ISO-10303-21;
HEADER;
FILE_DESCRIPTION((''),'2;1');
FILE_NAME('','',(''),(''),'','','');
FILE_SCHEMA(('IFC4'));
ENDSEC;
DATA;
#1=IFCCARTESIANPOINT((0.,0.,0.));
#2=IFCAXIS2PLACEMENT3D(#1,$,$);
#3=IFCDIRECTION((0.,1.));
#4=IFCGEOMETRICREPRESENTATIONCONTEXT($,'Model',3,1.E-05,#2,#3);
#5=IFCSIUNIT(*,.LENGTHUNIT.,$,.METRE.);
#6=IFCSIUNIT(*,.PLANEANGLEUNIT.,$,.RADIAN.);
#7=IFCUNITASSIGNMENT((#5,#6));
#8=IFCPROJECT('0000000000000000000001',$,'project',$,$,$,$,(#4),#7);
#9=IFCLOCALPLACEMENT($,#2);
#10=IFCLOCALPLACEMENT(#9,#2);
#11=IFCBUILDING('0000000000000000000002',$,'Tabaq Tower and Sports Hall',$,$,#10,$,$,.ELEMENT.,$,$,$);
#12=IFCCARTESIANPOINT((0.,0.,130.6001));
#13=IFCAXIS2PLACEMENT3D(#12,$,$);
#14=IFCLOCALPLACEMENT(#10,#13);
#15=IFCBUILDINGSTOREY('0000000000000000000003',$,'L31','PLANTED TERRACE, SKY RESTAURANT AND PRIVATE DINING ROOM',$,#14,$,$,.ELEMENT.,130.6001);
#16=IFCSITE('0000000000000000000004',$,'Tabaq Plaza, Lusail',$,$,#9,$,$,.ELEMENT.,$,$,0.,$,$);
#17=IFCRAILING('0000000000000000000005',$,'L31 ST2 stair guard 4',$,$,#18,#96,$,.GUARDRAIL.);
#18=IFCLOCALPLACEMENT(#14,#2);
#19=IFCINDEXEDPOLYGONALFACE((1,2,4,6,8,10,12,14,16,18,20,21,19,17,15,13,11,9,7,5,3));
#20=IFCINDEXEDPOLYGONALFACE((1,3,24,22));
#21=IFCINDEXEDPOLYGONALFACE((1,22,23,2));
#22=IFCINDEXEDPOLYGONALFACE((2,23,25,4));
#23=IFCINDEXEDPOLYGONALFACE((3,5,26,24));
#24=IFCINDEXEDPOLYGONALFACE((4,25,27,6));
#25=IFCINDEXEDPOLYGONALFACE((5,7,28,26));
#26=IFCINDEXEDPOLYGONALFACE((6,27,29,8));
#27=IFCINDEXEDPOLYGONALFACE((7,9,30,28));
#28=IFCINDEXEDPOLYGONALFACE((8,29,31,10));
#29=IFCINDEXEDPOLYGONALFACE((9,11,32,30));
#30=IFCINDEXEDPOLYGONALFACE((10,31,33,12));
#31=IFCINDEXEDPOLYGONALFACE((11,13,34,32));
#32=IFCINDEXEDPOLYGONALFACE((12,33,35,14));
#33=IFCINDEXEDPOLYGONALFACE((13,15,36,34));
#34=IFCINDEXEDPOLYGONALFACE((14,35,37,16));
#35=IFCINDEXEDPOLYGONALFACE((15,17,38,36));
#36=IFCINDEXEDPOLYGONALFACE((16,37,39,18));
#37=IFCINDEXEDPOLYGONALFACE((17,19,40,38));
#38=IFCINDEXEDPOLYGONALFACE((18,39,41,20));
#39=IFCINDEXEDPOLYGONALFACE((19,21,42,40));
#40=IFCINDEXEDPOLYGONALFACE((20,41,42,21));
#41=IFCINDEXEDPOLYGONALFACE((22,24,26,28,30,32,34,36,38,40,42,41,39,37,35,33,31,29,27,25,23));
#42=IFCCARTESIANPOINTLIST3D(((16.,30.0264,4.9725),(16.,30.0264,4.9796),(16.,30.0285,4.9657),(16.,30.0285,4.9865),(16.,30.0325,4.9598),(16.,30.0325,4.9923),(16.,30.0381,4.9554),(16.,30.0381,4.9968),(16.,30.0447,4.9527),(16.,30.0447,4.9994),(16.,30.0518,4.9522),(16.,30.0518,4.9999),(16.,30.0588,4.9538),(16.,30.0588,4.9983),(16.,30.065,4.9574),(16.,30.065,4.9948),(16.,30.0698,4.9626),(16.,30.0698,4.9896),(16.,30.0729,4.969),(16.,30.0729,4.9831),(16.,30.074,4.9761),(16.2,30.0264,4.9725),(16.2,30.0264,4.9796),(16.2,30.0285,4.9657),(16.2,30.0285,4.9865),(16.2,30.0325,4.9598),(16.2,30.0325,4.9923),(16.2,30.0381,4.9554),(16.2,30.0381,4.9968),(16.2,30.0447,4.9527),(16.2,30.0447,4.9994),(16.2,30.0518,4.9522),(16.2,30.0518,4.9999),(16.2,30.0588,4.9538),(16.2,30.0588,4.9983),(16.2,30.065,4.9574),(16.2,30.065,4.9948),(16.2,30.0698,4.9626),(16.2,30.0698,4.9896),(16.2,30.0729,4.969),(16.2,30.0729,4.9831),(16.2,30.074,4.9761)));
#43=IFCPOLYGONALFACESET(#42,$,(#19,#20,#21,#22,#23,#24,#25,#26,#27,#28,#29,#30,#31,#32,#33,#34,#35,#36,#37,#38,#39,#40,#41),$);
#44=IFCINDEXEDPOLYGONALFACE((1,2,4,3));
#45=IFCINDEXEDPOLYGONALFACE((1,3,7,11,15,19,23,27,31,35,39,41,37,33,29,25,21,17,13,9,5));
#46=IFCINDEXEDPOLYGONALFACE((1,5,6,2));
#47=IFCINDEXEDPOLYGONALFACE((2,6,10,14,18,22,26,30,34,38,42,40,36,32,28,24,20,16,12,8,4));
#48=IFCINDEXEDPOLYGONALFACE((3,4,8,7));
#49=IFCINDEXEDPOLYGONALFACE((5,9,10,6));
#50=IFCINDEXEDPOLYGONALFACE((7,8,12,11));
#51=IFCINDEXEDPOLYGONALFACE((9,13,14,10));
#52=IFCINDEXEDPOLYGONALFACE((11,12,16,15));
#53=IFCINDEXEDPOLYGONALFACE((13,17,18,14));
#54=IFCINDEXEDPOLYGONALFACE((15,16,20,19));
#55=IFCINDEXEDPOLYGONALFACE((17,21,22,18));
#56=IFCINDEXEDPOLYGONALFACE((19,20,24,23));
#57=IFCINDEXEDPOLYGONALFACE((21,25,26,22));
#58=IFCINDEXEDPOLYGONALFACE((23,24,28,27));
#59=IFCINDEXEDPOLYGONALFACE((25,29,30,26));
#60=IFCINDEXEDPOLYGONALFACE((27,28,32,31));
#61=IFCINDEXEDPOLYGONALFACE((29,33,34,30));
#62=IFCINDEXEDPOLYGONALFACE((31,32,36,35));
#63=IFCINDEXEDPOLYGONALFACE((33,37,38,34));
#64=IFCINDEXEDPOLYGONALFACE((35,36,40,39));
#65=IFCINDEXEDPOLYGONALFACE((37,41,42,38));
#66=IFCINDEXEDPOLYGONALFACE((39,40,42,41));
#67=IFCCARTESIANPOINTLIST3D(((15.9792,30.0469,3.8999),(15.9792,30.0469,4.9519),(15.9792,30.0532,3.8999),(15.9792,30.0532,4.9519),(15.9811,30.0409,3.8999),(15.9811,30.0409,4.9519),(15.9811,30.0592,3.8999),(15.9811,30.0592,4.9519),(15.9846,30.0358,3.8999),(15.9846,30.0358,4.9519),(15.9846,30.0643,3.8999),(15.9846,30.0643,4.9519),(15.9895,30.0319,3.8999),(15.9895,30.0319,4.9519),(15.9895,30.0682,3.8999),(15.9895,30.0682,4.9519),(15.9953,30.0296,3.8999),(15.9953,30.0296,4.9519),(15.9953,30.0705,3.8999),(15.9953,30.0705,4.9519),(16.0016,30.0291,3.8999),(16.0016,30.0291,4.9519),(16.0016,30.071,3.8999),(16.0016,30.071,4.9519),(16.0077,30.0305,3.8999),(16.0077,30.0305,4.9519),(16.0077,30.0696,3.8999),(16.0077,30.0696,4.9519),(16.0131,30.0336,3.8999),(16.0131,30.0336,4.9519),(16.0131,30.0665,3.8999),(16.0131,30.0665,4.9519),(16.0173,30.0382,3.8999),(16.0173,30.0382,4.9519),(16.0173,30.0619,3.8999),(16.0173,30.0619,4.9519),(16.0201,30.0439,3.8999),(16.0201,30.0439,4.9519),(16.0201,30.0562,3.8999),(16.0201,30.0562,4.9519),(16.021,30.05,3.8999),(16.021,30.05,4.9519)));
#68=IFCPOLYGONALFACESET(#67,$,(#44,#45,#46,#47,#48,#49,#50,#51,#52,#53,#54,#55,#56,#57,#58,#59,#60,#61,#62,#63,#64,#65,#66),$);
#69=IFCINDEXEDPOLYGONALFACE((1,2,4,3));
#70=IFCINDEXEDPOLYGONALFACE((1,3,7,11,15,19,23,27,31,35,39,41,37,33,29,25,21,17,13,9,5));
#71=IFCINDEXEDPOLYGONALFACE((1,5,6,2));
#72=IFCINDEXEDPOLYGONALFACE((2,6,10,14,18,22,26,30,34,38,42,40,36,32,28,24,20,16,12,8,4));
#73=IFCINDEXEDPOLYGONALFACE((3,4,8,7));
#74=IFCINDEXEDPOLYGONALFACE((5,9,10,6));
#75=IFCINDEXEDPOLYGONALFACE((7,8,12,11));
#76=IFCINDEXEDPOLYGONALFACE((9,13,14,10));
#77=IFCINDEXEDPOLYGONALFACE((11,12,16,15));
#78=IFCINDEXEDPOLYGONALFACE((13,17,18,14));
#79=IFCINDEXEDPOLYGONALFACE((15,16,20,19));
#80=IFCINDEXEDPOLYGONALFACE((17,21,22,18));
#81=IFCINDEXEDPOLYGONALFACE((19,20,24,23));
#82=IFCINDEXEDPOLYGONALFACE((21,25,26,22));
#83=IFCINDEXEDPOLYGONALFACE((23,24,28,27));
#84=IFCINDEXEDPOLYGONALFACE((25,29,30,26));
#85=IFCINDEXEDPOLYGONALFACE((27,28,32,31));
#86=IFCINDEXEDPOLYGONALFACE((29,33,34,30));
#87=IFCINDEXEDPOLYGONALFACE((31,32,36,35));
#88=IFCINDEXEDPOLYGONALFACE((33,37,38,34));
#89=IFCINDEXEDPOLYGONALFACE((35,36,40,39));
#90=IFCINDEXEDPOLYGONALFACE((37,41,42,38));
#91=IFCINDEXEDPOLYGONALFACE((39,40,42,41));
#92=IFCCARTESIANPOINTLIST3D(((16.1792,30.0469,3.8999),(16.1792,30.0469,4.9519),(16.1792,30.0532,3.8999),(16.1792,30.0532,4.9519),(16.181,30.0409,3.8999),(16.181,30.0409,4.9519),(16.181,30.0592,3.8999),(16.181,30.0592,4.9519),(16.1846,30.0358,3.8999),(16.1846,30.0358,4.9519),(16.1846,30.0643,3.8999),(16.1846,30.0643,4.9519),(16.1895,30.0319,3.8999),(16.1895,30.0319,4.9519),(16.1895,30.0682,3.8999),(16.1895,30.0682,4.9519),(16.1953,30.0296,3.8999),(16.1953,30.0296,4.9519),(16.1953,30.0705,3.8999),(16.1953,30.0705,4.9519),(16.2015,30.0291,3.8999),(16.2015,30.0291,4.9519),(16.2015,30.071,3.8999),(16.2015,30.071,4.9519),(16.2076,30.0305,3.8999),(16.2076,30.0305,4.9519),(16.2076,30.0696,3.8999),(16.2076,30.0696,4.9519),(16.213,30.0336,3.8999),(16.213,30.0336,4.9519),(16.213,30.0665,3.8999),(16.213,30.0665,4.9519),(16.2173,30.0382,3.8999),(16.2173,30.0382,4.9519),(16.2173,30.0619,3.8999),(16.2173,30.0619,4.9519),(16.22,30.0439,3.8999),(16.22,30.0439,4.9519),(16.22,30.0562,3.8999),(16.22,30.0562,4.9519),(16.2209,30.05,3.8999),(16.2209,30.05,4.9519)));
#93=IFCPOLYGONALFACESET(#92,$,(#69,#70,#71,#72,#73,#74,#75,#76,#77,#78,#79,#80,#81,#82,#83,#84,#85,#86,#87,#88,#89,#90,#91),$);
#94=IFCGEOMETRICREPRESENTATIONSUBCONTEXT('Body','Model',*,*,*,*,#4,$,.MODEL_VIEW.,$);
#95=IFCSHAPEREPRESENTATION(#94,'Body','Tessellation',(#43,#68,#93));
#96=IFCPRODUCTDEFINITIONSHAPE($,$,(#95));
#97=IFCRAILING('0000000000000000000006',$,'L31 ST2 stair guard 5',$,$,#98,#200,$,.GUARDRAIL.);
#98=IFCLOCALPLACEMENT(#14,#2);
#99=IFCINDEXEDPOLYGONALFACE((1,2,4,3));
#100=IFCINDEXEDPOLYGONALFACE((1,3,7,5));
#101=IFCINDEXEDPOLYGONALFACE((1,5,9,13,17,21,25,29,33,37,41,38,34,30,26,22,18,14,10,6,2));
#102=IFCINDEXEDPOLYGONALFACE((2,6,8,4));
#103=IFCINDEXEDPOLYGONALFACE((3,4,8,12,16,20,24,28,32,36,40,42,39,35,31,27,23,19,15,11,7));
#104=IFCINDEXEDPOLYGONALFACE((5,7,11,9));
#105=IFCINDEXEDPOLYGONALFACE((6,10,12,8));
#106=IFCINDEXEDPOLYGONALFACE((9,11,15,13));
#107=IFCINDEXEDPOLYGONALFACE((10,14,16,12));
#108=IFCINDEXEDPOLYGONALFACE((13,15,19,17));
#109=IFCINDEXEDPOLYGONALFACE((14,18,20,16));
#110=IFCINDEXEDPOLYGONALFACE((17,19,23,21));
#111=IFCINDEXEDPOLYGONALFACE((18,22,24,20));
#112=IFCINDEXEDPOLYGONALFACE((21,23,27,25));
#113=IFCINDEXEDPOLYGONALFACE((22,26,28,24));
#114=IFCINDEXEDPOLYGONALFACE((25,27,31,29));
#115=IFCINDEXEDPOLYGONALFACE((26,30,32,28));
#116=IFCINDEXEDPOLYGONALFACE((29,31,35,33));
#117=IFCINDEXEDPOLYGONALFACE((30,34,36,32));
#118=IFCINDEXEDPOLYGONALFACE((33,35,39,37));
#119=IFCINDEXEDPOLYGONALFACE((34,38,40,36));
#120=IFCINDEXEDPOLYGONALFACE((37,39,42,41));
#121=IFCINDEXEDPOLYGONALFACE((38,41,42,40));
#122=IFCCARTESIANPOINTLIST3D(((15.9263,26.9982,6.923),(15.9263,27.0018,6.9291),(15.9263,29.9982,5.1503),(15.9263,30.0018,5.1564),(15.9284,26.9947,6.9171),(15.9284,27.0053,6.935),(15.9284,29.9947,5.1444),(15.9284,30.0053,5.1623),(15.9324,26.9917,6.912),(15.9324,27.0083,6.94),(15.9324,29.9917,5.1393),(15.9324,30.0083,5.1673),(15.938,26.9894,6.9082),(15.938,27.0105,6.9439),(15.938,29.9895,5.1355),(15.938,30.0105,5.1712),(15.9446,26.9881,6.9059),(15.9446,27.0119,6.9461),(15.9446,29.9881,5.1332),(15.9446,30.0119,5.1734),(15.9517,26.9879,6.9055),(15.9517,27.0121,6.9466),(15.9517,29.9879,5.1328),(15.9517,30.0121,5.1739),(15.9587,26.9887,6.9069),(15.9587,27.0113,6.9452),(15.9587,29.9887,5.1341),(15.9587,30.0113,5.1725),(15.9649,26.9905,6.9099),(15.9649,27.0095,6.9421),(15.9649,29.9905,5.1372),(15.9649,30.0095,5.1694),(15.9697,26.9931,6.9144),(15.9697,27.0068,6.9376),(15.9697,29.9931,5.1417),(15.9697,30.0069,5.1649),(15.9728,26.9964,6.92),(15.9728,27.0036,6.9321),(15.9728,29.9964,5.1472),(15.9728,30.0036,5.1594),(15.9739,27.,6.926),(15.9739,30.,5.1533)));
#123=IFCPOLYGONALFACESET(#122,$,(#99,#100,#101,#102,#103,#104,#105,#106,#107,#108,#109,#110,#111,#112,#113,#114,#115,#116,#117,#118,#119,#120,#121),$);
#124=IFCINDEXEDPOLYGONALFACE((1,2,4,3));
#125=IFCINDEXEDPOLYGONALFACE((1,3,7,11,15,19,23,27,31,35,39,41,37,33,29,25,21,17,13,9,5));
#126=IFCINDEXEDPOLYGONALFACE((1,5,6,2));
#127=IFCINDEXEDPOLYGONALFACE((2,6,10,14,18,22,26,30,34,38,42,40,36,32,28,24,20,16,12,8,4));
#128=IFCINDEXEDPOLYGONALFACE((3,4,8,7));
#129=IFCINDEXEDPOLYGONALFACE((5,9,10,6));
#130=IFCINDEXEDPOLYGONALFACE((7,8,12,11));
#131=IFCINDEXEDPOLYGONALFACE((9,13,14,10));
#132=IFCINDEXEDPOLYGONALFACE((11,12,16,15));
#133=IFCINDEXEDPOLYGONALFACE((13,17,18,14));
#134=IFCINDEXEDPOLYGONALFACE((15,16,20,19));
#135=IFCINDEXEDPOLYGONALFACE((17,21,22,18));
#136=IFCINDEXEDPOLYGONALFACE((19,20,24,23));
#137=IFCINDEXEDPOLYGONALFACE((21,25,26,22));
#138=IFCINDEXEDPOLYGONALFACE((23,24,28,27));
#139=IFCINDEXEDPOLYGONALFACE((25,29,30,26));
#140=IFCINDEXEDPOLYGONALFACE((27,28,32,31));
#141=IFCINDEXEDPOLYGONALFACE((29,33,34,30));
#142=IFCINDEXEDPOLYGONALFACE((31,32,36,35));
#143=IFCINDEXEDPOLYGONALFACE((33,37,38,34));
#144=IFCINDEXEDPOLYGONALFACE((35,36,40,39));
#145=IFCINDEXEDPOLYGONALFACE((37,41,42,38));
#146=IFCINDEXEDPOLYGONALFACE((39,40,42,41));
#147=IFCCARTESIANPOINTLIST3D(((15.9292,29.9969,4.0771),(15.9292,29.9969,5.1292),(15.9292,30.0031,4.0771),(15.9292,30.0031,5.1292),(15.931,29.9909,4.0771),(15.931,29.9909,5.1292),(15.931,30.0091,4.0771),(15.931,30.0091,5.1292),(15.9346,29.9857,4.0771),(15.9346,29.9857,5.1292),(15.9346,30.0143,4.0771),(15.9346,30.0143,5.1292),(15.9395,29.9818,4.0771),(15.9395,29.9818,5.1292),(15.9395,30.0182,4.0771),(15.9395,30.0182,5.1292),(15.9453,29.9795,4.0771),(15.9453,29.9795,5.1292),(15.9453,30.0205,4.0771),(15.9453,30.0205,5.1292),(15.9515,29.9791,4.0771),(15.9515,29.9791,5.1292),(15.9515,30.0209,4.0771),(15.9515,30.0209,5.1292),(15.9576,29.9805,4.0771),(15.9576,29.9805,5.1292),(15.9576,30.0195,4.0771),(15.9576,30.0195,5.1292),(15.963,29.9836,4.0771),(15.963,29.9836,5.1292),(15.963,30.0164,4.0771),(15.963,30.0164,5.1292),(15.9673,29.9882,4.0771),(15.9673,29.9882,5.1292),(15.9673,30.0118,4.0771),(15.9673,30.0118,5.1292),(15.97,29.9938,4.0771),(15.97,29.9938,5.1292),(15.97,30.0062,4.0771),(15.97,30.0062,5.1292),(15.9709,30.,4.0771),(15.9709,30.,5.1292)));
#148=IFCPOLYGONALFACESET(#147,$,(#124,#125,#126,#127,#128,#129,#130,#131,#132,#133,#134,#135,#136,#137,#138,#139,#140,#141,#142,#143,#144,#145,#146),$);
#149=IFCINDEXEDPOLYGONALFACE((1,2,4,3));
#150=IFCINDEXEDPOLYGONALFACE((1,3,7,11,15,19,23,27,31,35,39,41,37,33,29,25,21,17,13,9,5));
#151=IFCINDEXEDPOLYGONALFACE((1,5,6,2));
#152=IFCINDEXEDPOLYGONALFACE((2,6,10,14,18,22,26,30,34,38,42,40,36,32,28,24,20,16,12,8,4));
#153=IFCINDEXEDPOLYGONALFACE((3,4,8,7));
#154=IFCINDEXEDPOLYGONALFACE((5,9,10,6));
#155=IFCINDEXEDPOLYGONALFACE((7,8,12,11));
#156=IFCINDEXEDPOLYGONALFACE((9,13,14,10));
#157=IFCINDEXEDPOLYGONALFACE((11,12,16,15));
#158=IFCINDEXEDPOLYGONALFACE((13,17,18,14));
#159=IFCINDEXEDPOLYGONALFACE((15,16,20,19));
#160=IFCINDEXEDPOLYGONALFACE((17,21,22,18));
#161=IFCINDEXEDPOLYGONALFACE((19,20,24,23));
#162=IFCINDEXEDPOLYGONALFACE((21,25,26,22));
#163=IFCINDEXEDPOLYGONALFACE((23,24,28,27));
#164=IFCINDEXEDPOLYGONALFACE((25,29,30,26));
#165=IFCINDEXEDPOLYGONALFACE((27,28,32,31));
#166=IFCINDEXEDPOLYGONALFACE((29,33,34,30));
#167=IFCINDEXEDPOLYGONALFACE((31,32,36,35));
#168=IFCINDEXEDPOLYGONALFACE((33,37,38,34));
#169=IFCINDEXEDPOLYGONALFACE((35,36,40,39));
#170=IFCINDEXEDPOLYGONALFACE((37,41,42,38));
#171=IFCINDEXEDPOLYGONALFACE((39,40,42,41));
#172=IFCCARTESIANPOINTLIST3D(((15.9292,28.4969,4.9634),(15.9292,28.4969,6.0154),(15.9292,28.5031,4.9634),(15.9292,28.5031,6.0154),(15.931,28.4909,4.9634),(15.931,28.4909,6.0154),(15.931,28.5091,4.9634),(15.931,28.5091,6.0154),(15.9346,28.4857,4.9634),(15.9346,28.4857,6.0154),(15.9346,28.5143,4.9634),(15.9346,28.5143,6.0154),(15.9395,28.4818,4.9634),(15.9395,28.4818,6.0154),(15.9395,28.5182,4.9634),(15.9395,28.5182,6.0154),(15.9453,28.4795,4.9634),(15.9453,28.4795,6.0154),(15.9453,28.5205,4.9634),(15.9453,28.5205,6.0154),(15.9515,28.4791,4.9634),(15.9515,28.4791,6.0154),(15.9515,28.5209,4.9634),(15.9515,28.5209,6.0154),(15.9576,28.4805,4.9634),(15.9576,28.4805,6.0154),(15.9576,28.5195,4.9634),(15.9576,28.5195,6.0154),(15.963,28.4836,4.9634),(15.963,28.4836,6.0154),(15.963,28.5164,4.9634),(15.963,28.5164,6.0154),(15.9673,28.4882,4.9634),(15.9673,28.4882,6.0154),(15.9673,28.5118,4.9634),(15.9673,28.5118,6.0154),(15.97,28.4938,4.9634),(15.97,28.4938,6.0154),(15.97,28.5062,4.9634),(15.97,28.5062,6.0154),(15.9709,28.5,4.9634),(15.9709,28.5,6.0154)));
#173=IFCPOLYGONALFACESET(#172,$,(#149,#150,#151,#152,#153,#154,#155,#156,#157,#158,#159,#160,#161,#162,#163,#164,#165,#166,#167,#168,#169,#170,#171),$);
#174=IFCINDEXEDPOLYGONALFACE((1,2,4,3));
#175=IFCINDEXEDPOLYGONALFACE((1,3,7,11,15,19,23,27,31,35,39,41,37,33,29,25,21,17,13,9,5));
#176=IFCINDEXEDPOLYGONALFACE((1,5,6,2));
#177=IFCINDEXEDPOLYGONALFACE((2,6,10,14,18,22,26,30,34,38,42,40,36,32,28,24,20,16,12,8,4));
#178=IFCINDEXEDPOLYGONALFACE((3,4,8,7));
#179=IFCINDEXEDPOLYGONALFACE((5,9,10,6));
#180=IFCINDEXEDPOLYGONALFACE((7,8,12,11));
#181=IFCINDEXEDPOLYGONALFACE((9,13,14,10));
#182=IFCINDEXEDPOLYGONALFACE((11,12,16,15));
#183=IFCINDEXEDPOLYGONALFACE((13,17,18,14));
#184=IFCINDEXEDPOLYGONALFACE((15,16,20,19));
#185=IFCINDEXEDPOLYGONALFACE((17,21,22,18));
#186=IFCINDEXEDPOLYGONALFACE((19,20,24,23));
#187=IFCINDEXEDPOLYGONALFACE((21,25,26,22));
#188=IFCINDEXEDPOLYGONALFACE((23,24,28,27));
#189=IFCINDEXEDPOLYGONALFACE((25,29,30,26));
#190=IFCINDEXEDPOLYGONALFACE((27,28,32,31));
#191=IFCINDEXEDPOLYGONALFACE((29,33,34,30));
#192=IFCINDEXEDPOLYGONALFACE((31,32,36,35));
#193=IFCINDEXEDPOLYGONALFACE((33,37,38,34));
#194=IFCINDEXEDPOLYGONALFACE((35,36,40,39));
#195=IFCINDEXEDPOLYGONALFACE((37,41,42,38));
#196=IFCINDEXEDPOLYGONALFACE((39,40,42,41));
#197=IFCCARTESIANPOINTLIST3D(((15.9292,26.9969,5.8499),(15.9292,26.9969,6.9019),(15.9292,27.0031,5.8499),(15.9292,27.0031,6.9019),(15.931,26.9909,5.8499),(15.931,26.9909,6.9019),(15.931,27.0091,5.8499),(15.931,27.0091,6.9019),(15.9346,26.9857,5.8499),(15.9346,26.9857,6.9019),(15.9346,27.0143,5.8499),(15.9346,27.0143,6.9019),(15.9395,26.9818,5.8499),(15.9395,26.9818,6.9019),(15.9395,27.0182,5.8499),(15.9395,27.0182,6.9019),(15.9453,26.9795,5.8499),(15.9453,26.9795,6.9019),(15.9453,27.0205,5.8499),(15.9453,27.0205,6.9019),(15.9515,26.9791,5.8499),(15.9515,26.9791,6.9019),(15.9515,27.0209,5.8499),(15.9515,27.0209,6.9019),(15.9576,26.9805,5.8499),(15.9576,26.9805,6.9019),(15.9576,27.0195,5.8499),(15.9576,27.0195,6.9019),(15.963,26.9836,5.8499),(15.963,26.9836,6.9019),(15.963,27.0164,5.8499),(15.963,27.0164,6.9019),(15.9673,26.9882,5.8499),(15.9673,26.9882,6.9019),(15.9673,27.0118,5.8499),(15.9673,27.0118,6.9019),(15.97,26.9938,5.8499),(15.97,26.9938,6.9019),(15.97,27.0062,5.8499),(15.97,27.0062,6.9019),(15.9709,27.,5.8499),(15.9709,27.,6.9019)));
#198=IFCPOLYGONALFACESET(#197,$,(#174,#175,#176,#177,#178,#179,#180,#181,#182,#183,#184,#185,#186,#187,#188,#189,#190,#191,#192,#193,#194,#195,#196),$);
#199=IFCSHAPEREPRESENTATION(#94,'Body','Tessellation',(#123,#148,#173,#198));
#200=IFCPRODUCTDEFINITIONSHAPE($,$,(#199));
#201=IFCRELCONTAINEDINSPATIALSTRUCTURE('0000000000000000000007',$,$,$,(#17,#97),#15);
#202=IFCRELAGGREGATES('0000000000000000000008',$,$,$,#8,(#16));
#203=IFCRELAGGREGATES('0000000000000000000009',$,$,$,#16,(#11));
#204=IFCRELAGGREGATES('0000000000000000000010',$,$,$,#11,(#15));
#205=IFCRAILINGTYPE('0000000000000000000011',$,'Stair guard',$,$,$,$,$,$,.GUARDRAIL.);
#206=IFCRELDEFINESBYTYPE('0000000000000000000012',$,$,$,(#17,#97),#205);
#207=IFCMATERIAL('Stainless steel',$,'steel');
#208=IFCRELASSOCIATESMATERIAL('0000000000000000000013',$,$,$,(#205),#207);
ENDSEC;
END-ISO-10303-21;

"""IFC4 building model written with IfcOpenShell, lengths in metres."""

from ifc_helpers import new_model, si_unit, direction, frame, origin, origin_2d, place, context, subcontext, project, spatial, circle, extrude, material, type_object, element, save


model = new_model("IFC4")

# Units and contexts
model_context = context("Model", 3, precision=1e-05, world=origin(), true_north=direction((0.0, 1.0)))
body_context = subcontext(model_context, "Body", "Model", "MODEL_VIEW")
ifc_project = project(units=[si_unit("LENGTHUNIT", "METRE"), si_unit("PLANEANGLEUNIT", "RADIAN")], contexts=[model_context])

# Site, building, storey
site_placement = place(None, origin())
site = spatial("IfcSite", under=ifc_project, at=site_placement, Name="Tabaq Plaza, Lusail", CompositionType="ELEMENT", RefElevation=0.0)
building_placement = place(site_placement, origin())
building = spatial("IfcBuilding", under=site, at=building_placement, Name="Tabaq Tower and Sports Hall", CompositionType="ELEMENT")
storey_placement = place(building_placement, frame((0.0, 0.0, 130.6001)))
storey = spatial("IfcBuildingStorey", under=building, at=storey_placement, Name="L31", Description="PLANTED TERRACE, SKY RESTAURANT AND PRIVATE DINING ROOM", CompositionType="ELEMENT", Elevation=130.6001)

# Railings
ifc_material_1 = material(Name="Stainless steel", Category="steel")
railing_type_1 = type_object("IfcRailingType", Name="Stair guard", PredefinedType="GUARDRAIL", material=ifc_material_1)
railing_1_placement = place(storey_placement, frame((16.0, 30.05, 3.8999)))
element("IfcRailing", 1, at=railing_1_placement, inside=storey, type_object=railing_type_1, Name="L31 ST2 stair guard 4", PredefinedType="GUARDRAIL", context=body_context, shape_type="SweptSolid", body=[
    extrude(circle(Radius=0.0239, at=origin_2d()), frame((0.0, 0.0, 1.0762), z_axis=(1.0, 0.0, 0.0), x_axis=(0.0, 1.0, 0.0)), (0.0, 0.0, 1.0), 0.2),
    extrude(circle(Radius=0.021, at=origin_2d()), origin(), (0.0, 0.0, 1.0), 1.052),
    extrude(circle(Radius=0.021, at=origin_2d()), frame((0.2, 0.0, 0.0)), (0.0, 0.0, 1.0), 1.052),
])
railing_2_placement = place(storey_placement, frame((15.95, 30.0, 4.0771)))
element("IfcRailing", 2, at=railing_2_placement, inside=storey, type_object=railing_type_1, Name="L31 ST2 stair guard 5", PredefinedType="GUARDRAIL", context=body_context, shape_type="SweptSolid", body=[
    extrude(circle(Radius=0.0239, at=origin_2d()), frame((0.0, 0.0, 1.0762), z_axis=(0.0, -0.860929, 0.508725), x_axis=(1.0, 0.0, 0.0)), (0.0, 0.0, 1.0), 3.4846),
    extrude(circle(Radius=0.021, at=origin_2d()), origin(), (0.0, 0.0, 1.0), 1.052),
    extrude(circle(Radius=0.021, at=origin_2d()), frame((0.0, -1.5, 0.8862)), (0.0, 0.0, 1.0), 1.052),
    extrude(circle(Radius=0.021, at=origin_2d()), frame((0.0, -3.0, 1.7727)), (0.0, 0.0, 1.0), 1.052),
])

save(model, "model.ifc")
